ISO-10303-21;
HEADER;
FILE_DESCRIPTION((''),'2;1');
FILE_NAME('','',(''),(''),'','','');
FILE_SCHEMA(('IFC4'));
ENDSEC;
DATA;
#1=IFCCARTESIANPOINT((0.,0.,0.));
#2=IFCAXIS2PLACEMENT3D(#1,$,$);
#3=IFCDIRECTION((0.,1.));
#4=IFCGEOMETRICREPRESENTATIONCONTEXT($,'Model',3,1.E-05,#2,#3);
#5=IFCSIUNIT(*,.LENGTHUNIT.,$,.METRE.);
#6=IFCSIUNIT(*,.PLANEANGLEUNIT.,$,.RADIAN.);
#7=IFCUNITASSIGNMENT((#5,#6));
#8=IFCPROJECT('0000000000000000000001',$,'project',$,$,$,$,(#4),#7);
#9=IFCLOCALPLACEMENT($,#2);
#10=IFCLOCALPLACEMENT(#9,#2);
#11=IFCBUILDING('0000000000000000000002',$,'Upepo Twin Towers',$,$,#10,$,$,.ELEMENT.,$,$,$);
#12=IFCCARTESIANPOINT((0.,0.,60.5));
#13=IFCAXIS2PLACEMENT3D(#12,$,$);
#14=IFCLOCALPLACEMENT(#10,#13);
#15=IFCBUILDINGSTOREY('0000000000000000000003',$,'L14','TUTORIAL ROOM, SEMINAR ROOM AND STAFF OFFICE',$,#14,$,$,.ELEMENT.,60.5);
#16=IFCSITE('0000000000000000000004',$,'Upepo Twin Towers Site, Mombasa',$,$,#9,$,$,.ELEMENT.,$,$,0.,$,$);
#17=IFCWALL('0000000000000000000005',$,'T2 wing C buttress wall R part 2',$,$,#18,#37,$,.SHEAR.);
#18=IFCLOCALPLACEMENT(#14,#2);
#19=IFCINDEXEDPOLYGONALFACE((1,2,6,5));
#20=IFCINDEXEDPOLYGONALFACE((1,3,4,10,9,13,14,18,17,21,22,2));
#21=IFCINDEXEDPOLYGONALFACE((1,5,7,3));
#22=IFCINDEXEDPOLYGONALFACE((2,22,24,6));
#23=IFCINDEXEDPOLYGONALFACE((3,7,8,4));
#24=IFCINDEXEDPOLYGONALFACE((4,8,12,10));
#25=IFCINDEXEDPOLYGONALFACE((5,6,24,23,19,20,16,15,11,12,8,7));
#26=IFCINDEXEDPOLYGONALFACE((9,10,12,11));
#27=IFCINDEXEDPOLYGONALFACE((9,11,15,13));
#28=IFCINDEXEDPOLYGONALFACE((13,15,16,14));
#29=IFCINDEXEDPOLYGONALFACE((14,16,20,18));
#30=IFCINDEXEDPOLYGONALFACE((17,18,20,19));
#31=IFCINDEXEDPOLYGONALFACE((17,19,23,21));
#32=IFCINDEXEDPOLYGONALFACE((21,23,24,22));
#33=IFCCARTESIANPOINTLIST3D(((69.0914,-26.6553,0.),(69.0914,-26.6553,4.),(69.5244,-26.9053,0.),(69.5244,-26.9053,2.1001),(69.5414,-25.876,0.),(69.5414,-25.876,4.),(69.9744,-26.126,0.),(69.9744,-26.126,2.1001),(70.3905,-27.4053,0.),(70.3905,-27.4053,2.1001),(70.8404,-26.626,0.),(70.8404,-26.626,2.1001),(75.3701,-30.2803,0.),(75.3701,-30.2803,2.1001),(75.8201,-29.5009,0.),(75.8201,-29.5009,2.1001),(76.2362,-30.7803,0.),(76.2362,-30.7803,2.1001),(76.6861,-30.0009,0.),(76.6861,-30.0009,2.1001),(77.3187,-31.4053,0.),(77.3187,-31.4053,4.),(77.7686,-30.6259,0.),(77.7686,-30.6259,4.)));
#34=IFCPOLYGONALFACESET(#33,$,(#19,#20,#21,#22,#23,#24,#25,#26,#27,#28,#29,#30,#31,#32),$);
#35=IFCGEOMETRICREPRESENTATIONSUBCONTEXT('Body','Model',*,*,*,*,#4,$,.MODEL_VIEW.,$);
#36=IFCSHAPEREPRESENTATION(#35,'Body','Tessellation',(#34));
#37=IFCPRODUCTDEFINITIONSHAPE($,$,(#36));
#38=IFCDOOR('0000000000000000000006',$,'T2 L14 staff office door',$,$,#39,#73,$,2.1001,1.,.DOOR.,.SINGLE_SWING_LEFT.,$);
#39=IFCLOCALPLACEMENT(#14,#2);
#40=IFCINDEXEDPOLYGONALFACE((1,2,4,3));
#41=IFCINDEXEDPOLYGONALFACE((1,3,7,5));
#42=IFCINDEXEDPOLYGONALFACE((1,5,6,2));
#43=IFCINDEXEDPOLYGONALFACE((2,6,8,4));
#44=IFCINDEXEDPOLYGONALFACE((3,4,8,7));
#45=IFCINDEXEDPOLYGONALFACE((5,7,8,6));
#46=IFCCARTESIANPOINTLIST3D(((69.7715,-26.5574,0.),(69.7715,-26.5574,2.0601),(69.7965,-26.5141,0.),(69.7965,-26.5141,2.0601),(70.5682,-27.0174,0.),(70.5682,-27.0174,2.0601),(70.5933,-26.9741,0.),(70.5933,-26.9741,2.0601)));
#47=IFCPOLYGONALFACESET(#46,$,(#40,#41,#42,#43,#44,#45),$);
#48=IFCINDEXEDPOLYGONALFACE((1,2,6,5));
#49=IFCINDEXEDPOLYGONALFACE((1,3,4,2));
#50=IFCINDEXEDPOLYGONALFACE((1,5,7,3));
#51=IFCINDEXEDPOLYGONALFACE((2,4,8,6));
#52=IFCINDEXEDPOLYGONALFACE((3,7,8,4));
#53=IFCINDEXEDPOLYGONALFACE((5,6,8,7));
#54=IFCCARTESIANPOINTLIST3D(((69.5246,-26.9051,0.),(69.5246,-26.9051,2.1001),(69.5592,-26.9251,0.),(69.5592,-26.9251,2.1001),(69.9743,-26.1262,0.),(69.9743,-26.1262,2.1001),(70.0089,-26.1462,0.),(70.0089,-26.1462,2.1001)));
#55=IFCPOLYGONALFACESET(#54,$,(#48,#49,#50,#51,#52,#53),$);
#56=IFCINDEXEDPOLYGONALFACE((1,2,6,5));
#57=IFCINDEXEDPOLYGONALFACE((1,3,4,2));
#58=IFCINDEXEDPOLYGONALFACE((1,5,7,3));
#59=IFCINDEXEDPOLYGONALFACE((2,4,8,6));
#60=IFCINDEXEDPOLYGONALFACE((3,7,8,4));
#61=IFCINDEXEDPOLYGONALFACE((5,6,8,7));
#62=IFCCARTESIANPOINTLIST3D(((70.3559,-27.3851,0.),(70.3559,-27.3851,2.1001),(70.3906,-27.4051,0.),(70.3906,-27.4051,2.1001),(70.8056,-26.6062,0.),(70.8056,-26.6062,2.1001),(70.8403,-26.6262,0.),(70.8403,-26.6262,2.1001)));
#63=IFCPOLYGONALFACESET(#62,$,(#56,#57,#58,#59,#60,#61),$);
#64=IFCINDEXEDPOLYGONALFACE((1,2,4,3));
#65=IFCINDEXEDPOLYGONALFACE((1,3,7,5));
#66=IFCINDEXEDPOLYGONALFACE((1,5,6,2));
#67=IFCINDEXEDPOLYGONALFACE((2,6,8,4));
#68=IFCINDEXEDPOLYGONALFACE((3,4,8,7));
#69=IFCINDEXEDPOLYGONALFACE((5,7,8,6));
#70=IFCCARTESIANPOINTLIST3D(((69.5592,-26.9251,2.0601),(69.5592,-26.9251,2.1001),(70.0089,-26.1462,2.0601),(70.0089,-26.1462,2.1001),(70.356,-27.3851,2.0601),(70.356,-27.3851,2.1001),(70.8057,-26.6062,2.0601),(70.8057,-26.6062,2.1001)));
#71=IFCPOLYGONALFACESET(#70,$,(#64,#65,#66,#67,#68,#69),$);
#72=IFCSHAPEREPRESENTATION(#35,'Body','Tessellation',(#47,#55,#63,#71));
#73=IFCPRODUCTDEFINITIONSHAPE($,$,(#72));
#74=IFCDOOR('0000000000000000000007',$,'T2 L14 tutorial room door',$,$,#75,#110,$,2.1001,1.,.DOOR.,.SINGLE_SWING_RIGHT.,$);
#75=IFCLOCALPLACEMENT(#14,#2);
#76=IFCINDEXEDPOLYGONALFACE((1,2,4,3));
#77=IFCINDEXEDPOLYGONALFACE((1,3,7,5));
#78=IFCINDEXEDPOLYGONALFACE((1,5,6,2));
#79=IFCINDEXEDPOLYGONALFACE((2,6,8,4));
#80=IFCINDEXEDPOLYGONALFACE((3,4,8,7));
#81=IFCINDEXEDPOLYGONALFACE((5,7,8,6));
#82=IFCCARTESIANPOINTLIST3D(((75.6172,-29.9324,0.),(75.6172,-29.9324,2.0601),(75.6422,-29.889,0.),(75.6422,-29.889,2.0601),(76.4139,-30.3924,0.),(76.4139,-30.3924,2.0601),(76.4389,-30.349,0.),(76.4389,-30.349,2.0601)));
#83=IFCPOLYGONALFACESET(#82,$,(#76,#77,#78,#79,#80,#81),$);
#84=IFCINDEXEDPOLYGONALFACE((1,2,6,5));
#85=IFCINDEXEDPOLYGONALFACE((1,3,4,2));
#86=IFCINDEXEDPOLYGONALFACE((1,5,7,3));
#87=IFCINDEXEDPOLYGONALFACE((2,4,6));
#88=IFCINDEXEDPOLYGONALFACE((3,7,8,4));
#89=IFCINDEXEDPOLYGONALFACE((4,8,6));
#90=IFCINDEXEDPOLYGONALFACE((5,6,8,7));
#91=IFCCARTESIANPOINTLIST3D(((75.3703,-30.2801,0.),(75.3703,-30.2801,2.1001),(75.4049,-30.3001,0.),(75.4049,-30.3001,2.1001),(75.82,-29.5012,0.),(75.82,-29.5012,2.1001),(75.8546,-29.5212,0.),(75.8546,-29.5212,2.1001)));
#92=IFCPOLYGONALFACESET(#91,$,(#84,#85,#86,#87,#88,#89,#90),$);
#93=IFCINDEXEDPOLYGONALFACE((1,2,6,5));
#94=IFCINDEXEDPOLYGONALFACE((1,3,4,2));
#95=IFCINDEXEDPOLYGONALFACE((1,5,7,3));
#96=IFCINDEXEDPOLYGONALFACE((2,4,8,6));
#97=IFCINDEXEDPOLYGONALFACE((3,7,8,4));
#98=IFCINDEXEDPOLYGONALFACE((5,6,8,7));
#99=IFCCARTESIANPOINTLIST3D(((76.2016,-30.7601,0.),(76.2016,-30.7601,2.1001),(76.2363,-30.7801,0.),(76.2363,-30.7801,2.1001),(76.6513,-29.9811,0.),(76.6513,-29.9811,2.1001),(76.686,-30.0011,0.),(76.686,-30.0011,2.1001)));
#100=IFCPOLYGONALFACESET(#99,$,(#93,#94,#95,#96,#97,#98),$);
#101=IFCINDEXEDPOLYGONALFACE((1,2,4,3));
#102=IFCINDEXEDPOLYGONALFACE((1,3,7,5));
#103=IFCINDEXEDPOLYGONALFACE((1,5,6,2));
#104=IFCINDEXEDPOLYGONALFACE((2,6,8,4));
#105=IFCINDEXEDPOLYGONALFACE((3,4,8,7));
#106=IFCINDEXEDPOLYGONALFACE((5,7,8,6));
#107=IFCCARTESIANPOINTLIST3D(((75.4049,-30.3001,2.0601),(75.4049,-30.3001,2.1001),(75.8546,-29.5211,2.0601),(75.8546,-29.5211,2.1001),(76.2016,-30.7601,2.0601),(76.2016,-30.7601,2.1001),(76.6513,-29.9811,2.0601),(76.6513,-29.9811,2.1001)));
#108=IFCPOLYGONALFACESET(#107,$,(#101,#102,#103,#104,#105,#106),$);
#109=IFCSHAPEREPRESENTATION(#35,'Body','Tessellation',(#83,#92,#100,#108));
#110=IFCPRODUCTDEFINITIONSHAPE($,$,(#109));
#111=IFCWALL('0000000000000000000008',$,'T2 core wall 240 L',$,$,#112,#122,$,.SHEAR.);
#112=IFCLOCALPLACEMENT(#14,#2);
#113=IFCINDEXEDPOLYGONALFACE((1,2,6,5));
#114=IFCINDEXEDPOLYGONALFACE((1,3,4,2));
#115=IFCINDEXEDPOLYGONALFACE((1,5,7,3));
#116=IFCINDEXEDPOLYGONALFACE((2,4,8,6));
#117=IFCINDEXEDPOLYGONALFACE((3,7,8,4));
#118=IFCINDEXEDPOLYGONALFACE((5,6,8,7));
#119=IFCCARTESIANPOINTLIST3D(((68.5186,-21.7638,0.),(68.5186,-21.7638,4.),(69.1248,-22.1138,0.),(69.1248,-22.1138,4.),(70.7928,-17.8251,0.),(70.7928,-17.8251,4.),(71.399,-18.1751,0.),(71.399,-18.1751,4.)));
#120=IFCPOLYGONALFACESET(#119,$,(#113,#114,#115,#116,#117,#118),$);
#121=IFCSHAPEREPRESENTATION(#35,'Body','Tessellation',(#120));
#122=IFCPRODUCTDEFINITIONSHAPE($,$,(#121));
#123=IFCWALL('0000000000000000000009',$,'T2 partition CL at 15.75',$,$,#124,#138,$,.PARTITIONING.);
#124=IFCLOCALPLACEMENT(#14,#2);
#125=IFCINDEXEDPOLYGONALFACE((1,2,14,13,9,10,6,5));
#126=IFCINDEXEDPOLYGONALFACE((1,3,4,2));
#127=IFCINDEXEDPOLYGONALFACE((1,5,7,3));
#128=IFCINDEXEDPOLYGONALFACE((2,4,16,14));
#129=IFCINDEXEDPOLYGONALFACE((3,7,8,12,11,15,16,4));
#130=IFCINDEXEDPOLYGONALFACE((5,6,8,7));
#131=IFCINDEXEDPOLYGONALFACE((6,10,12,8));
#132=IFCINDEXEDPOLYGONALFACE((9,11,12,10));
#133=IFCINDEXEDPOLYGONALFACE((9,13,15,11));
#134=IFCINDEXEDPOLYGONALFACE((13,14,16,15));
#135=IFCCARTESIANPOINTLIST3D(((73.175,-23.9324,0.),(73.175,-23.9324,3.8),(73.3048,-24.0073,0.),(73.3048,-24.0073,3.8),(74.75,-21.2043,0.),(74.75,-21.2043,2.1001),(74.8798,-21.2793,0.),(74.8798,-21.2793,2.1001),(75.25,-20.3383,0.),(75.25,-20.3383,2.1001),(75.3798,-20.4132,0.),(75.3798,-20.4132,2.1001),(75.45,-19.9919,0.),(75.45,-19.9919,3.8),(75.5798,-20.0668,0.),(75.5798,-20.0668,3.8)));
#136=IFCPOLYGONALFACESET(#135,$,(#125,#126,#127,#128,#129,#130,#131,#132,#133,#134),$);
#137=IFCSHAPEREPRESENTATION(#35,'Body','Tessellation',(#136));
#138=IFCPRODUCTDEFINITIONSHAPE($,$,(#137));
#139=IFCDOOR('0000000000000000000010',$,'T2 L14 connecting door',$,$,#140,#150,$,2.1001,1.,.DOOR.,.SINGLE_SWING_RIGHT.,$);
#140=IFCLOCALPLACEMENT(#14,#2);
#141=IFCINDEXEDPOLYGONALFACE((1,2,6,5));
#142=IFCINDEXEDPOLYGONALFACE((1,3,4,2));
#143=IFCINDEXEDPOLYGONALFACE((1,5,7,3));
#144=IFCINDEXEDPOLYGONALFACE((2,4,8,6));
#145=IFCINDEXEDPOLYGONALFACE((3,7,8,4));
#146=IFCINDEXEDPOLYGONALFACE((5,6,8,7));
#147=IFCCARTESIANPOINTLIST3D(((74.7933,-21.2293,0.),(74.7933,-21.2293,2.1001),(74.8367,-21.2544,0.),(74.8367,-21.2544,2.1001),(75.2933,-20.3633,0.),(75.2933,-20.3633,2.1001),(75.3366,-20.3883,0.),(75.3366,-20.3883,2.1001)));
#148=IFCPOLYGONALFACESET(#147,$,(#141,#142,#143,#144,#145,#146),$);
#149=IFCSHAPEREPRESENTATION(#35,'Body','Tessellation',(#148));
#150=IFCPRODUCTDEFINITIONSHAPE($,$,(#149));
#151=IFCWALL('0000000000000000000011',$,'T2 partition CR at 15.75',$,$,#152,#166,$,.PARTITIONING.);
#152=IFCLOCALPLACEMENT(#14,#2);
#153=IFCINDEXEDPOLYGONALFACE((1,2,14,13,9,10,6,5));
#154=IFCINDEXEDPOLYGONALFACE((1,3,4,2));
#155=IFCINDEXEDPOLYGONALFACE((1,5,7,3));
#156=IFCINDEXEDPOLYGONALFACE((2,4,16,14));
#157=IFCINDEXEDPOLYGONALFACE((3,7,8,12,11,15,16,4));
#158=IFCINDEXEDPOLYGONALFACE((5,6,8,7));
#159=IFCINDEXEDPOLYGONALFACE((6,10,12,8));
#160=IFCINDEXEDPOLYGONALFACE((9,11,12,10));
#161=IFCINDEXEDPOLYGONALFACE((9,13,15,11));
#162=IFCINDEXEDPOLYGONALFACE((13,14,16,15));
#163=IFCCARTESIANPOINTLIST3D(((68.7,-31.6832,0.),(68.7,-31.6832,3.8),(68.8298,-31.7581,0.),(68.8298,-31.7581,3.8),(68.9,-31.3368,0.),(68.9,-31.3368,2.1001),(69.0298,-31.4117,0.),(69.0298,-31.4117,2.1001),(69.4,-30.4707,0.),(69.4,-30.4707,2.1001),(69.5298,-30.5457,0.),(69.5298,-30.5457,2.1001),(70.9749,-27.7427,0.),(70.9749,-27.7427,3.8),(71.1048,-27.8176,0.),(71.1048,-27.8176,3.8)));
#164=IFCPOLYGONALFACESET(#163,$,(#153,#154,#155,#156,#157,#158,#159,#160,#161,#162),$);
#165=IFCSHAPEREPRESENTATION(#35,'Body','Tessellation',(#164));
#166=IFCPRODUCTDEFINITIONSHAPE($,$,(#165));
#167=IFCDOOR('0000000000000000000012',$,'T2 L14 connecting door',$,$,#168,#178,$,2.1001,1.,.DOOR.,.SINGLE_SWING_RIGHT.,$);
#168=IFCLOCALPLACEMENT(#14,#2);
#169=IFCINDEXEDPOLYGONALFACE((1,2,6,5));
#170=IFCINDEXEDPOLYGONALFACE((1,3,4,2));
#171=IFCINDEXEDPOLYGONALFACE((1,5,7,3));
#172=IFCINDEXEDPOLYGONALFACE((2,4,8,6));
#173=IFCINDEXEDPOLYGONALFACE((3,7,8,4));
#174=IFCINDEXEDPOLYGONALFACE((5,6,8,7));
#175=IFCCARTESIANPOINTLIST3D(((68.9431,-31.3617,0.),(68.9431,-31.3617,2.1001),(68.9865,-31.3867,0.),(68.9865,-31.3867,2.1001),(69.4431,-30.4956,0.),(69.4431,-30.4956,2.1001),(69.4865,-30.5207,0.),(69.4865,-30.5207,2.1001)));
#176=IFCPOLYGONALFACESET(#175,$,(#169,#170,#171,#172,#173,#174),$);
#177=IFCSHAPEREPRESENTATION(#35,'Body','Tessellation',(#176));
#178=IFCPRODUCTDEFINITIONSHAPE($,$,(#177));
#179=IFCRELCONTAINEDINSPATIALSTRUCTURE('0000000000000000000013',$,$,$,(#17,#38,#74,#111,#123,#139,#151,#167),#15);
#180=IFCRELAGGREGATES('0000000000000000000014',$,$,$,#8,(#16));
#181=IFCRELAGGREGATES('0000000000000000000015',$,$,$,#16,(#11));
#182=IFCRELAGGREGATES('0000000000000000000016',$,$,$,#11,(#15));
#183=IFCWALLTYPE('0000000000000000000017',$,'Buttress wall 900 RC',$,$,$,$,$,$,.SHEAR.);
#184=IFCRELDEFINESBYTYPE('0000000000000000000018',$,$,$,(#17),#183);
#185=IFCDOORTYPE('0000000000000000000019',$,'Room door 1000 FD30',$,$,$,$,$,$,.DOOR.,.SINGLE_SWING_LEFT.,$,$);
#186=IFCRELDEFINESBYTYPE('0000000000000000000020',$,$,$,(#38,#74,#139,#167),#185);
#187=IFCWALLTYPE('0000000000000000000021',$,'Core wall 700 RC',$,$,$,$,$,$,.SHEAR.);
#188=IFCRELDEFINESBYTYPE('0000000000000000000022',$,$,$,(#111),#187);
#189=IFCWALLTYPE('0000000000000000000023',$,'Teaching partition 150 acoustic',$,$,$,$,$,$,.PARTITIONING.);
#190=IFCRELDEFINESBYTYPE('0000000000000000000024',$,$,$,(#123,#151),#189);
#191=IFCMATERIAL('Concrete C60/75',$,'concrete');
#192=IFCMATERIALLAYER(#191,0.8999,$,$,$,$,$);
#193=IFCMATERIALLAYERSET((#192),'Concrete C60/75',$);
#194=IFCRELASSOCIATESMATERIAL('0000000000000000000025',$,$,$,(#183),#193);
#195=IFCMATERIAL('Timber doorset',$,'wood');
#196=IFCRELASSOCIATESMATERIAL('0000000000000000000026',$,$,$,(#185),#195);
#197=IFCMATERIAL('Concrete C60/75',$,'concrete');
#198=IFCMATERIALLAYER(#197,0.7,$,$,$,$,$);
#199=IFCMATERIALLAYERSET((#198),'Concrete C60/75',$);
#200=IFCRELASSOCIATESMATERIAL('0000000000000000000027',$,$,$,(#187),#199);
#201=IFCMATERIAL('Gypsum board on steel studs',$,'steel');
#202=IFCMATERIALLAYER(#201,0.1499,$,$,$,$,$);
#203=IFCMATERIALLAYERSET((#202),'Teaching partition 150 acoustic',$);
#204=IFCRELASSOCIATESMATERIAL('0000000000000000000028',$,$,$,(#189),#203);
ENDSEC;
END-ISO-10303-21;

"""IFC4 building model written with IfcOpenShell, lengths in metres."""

from ifc_helpers import new_model, si_unit, direction, frame, frame_2d, origin, place, context, subcontext, project, spatial, rectangle, extrude, material, layer, layer_set, type_object, element, fill, save


model = new_model("IFC4")

# Units and contexts
model_context = context("Model", 3, precision=1e-05, world=origin(), true_north=direction((0.0, 1.0)))
body_context = subcontext(model_context, "Body", "Model", "MODEL_VIEW")
ifc_project = project(units=[si_unit("LENGTHUNIT", "METRE"), si_unit("PLANEANGLEUNIT", "RADIAN")], contexts=[model_context])

# Site, building, storey
site_placement = place(None, origin())
site = spatial("IfcSite", under=ifc_project, at=site_placement, Name="Upepo Twin Towers Site, Mombasa", CompositionType="ELEMENT", RefElevation=0.0)
building_placement = place(site_placement, origin())
building = spatial("IfcBuilding", under=site, at=building_placement, Name="Upepo Twin Towers", CompositionType="ELEMENT")
storey_placement = place(building_placement, frame((0.0, 0.0, 60.5)))
storey = spatial("IfcBuildingStorey", under=building, at=storey_placement, Name="L14", Description="TUTORIAL ROOM, SEMINAR ROOM AND STAFF OFFICE", CompositionType="ELEMENT", Elevation=60.5)

# Wall, openings, doors
ifc_material_1 = material(Name="Concrete C60/75", Category="concrete")
ifc_layer_1 = layer(ifc_material_1, 0.8999)
ifc_layer_set_1 = layer_set([ifc_layer_1], Name="Concrete C60/75")
wall_type_1 = type_object("IfcWallType", Name="Buttress wall 900 RC", PredefinedType="SHEAR", material=ifc_layer_set_1)
ifc_material_2 = material(Name="Timber doorset", Category="wood")
door_type = type_object("IfcDoorType", Name="Room door 1000 FD30", OperationType="SINGLE_SWING_LEFT", PredefinedType="DOOR", material=ifc_material_2)
wall_1_placement = place(storey_placement, frame((69.3164, -26.2656, 0.0), z_axis=(0.0, 0.0, 1.0), x_axis=(0.866027, -0.499998, 0.0)))
wall_1 = element("IfcWall", 1, at=wall_1_placement, inside=storey, type_object=wall_type_1, Name="T2 wing C buttress wall R part 2", PredefinedType="SHEAR", context=body_context, shape_type="SweptSolid", body=[
    extrude(rectangle(XDim=9.5, YDim=0.8999, at=frame_2d((4.75, 0.0))), origin(), (0.0, 0.0, 1.0), 4.0),
])
opening_1_placement = place(wall_1_placement, frame((0.5, 0.0, 0.0)))
opening_1 = element("IfcOpeningElement", 2, at=opening_1_placement, cuts=wall_1, PredefinedType="OPENING", context=body_context, shape_type="SweptSolid", body=[
    extrude(rectangle(XDim=1.0, YDim=2.1001, at=frame_2d((0.5, 1.05))), frame((0.0, 0.46, 0.0), z_axis=(0.0, -1.0, 0.0), x_axis=(1.0, 0.0, 0.0)), (0.0, 0.0, 1.0), 0.9199),
])
opening_2_placement = place(wall_1_placement, frame((7.25, 0.0, 0.0)))
opening_2 = element("IfcOpeningElement", 3, at=opening_2_placement, cuts=wall_1, PredefinedType="OPENING", context=body_context, shape_type="SweptSolid", body=[
    extrude(rectangle(XDim=1.0, YDim=2.1001, at=frame_2d((0.5, 1.05))), frame((0.0, 0.46, 0.0), z_axis=(0.0, -1.0, 0.0), x_axis=(1.0, 0.0, 0.0)), (0.0, 0.0, 1.0), 0.9199),
])
door_1_placement = place(opening_1_placement, origin())
door_1 = element("IfcDoor", 4, at=door_1_placement, inside=storey, type_object=door_type, Name="T2 L14 staff office door", OperationType="SINGLE_SWING_LEFT", OverallHeight=2.1001, OverallWidth=1.0, PredefinedType="DOOR", context=body_context, shape_type="SweptSolid", body=[
    extrude(rectangle(XDim=0.92, YDim=2.0601, at=frame_2d((0.5, 1.03))), frame((0.0, 0.0249, 0.0), z_axis=(0.0, -1.0, 0.0), x_axis=(1.0, 0.0, 0.0)), (0.0, 0.0, 1.0), 0.05),
    extrude(rectangle(XDim=0.04, YDim=2.1001, at=frame_2d((0.02, 1.05))), frame((0.0, 0.4497, 0.0), z_axis=(0.0, -1.0, 0.0), x_axis=(1.0, 0.0, 0.0)), (0.0, 0.0, 1.0), 0.8994),
    extrude(rectangle(XDim=0.04, YDim=2.1001, at=frame_2d((0.98, 1.05))), frame((0.0, 0.4497, 0.0), z_axis=(0.0, -1.0, 0.0), x_axis=(1.0, 0.0, 0.0)), (0.0, 0.0, 1.0), 0.8994),
    extrude(rectangle(XDim=0.92, YDim=0.04, at=frame_2d((0.5, 2.0801))), frame((0.0, 0.4497, 0.0), z_axis=(0.0, -1.0, 0.0), x_axis=(1.0, 0.0, 0.0)), (0.0, 0.0, 1.0), 0.8994),
])
fill(opening_1, door_1)
door_2_placement = place(opening_2_placement, origin())
door_2 = element("IfcDoor", 5, at=door_2_placement, inside=storey, type_object=door_type, Name="T2 L14 tutorial room door", OperationType="SINGLE_SWING_RIGHT", OverallHeight=2.1001, OverallWidth=1.0, PredefinedType="DOOR", context=body_context, shape_type="SweptSolid", body=[
    extrude(rectangle(XDim=0.92, YDim=2.0601, at=frame_2d((0.5, 1.03))), frame((0.0, 0.0249, 0.0), z_axis=(0.0, -1.0, 0.0), x_axis=(1.0, 0.0, 0.0)), (0.0, 0.0, 1.0), 0.05),
    extrude(rectangle(XDim=0.04, YDim=2.1001, at=frame_2d((0.02, 1.05))), frame((0.0, 0.4497, 0.0), z_axis=(0.0, -1.0, 0.0), x_axis=(1.0, 0.0, 0.0)), (0.0, 0.0, 1.0), 0.8994),
    extrude(rectangle(XDim=0.04, YDim=2.1001, at=frame_2d((0.98, 1.05))), frame((0.0, 0.4497, 0.0), z_axis=(0.0, -1.0, 0.0), x_axis=(1.0, 0.0, 0.0)), (0.0, 0.0, 1.0), 0.8994),
    extrude(rectangle(XDim=0.92, YDim=0.04, at=frame_2d((0.5, 2.0801))), frame((0.0, 0.4497, 0.0), z_axis=(0.0, -1.0, 0.0), x_axis=(1.0, 0.0, 0.0)), (0.0, 0.0, 1.0), 0.8994),
])
fill(opening_2, door_2)

# Wall
ifc_material_3 = material(Name="Concrete C60/75", Category="concrete")
ifc_layer_2 = layer(ifc_material_3, 0.7)
ifc_layer_set_2 = layer_set([ifc_layer_2], Name="Concrete C60/75")
wall_type_2 = type_object("IfcWallType", Name="Core wall 700 RC", PredefinedType="SHEAR", material=ifc_layer_set_2)
wall_2_placement = place(storey_placement, frame((68.8218, -21.9387, 0.0), z_axis=(0.0, 0.0, 1.0), x_axis=(0.500024, 0.866011, 0.0)))
element("IfcWall", 6, at=wall_2_placement, inside=storey, type_object=wall_type_2, Name="T2 core wall 240 L", PredefinedType="SHEAR", context=body_context, shape_type="SweptSolid", body=[
    extrude(rectangle(XDim=4.5481, YDim=0.7, at=frame_2d((2.2739, 0.0))), origin(), (0.0, 0.0, 1.0), 4.0),
])

# Walls, openings, doors
ifc_material_4 = material(Name="Gypsum board on steel studs", Category="steel")
ifc_layer_3 = layer(ifc_material_4, 0.1499)
ifc_layer_set_3 = layer_set([ifc_layer_3], Name="Teaching partition 150 acoustic")
wall_type_3 = type_object("IfcWallType", Name="Teaching partition 150 acoustic", PredefinedType="PARTITIONING", material=ifc_layer_set_3)
wall_3_placement = place(storey_placement, frame((73.24, -23.9697, 0.0), z_axis=(0.0, 0.0, 1.0), x_axis=(0.499983, 0.866035, 0.0)))
wall_3 = element("IfcWall", 7, at=wall_3_placement, inside=storey, type_object=wall_type_3, Name="T2 partition CL at 15.75", PredefinedType="PARTITIONING", context=body_context, shape_type="SweptSolid", body=[
    extrude(rectangle(XDim=4.55, YDim=0.1499, at=frame_2d((2.2749, 0.0))), origin(), (0.0, 0.0, 1.0), 3.8),
])
opening_3_placement = place(wall_3_placement, frame((3.1499, 0.0, 0.0)))
opening_3 = element("IfcOpeningElement", 8, at=opening_3_placement, cuts=wall_3, PredefinedType="OPENING", context=body_context, shape_type="SweptSolid", body=[
    extrude(rectangle(XDim=1.0, YDim=2.1001, at=frame_2d((0.5, 1.05))), frame((0.0, 0.085, 0.0), z_axis=(0.0, -1.0, 0.0), x_axis=(1.0, 0.0, 0.0)), (0.0, 0.0, 1.0), 0.1699),
])
door_3_placement = place(opening_3_placement, origin())
door_3 = element("IfcDoor", 9, at=door_3_placement, inside=storey, type_object=door_type, Name="T2 L14 connecting door", OperationType="SINGLE_SWING_RIGHT", OverallHeight=2.1001, OverallWidth=1.0, PredefinedType="DOOR", context=body_context, shape_type="SweptSolid", body=[
    extrude(rectangle(XDim=1.0, YDim=2.1001, at=frame_2d((0.5, 1.05))), frame((0.0, 0.0249, 0.0), z_axis=(0.0, -1.0, 0.0), x_axis=(1.0, 0.0, 0.0)), (0.0, 0.0, 1.0), 0.05),
])
fill(opening_3, door_3)
wall_4_placement = place(storey_placement, frame((71.0398, -27.7803, 0.0), z_axis=(0.0, 0.0, 1.0), x_axis=(-0.499983, -0.866035, 0.0)))
wall_4 = element("IfcWall", 10, at=wall_4_placement, inside=storey, type_object=wall_type_3, Name="T2 partition CR at 15.75", PredefinedType="PARTITIONING", context=body_context, shape_type="SweptSolid", body=[
    extrude(rectangle(XDim=4.55, YDim=0.1499, at=frame_2d((2.2749, 0.0))), origin(), (0.0, 0.0, 1.0), 3.8),
])
opening_4_placement = place(wall_4_placement, frame((3.1499, 0.0, 0.0)))
opening_4 = element("IfcOpeningElement", 11, at=opening_4_placement, cuts=wall_4, PredefinedType="OPENING", context=body_context, shape_type="SweptSolid", body=[
    extrude(rectangle(XDim=1.0, YDim=2.1001, at=frame_2d((0.5, 1.05))), frame((0.0, 0.085, 0.0), z_axis=(0.0, -1.0, 0.0), x_axis=(1.0, 0.0, 0.0)), (0.0, 0.0, 1.0), 0.1699),
])
door_4_placement = place(opening_4_placement, origin())
door_4 = element("IfcDoor", 12, at=door_4_placement, inside=storey, type_object=door_type, Name="T2 L14 connecting door", OperationType="SINGLE_SWING_RIGHT", OverallHeight=2.1001, OverallWidth=1.0, PredefinedType="DOOR", context=body_context, shape_type="SweptSolid", body=[
    extrude(rectangle(XDim=1.0, YDim=2.1001, at=frame_2d((0.5, 1.05))), frame((0.0, 0.0249, 0.0), z_axis=(0.0, -1.0, 0.0), x_axis=(1.0, 0.0, 0.0)), (0.0, 0.0, 1.0), 0.05),
])
fill(opening_4, door_4)

save(model, "model.ifc")
